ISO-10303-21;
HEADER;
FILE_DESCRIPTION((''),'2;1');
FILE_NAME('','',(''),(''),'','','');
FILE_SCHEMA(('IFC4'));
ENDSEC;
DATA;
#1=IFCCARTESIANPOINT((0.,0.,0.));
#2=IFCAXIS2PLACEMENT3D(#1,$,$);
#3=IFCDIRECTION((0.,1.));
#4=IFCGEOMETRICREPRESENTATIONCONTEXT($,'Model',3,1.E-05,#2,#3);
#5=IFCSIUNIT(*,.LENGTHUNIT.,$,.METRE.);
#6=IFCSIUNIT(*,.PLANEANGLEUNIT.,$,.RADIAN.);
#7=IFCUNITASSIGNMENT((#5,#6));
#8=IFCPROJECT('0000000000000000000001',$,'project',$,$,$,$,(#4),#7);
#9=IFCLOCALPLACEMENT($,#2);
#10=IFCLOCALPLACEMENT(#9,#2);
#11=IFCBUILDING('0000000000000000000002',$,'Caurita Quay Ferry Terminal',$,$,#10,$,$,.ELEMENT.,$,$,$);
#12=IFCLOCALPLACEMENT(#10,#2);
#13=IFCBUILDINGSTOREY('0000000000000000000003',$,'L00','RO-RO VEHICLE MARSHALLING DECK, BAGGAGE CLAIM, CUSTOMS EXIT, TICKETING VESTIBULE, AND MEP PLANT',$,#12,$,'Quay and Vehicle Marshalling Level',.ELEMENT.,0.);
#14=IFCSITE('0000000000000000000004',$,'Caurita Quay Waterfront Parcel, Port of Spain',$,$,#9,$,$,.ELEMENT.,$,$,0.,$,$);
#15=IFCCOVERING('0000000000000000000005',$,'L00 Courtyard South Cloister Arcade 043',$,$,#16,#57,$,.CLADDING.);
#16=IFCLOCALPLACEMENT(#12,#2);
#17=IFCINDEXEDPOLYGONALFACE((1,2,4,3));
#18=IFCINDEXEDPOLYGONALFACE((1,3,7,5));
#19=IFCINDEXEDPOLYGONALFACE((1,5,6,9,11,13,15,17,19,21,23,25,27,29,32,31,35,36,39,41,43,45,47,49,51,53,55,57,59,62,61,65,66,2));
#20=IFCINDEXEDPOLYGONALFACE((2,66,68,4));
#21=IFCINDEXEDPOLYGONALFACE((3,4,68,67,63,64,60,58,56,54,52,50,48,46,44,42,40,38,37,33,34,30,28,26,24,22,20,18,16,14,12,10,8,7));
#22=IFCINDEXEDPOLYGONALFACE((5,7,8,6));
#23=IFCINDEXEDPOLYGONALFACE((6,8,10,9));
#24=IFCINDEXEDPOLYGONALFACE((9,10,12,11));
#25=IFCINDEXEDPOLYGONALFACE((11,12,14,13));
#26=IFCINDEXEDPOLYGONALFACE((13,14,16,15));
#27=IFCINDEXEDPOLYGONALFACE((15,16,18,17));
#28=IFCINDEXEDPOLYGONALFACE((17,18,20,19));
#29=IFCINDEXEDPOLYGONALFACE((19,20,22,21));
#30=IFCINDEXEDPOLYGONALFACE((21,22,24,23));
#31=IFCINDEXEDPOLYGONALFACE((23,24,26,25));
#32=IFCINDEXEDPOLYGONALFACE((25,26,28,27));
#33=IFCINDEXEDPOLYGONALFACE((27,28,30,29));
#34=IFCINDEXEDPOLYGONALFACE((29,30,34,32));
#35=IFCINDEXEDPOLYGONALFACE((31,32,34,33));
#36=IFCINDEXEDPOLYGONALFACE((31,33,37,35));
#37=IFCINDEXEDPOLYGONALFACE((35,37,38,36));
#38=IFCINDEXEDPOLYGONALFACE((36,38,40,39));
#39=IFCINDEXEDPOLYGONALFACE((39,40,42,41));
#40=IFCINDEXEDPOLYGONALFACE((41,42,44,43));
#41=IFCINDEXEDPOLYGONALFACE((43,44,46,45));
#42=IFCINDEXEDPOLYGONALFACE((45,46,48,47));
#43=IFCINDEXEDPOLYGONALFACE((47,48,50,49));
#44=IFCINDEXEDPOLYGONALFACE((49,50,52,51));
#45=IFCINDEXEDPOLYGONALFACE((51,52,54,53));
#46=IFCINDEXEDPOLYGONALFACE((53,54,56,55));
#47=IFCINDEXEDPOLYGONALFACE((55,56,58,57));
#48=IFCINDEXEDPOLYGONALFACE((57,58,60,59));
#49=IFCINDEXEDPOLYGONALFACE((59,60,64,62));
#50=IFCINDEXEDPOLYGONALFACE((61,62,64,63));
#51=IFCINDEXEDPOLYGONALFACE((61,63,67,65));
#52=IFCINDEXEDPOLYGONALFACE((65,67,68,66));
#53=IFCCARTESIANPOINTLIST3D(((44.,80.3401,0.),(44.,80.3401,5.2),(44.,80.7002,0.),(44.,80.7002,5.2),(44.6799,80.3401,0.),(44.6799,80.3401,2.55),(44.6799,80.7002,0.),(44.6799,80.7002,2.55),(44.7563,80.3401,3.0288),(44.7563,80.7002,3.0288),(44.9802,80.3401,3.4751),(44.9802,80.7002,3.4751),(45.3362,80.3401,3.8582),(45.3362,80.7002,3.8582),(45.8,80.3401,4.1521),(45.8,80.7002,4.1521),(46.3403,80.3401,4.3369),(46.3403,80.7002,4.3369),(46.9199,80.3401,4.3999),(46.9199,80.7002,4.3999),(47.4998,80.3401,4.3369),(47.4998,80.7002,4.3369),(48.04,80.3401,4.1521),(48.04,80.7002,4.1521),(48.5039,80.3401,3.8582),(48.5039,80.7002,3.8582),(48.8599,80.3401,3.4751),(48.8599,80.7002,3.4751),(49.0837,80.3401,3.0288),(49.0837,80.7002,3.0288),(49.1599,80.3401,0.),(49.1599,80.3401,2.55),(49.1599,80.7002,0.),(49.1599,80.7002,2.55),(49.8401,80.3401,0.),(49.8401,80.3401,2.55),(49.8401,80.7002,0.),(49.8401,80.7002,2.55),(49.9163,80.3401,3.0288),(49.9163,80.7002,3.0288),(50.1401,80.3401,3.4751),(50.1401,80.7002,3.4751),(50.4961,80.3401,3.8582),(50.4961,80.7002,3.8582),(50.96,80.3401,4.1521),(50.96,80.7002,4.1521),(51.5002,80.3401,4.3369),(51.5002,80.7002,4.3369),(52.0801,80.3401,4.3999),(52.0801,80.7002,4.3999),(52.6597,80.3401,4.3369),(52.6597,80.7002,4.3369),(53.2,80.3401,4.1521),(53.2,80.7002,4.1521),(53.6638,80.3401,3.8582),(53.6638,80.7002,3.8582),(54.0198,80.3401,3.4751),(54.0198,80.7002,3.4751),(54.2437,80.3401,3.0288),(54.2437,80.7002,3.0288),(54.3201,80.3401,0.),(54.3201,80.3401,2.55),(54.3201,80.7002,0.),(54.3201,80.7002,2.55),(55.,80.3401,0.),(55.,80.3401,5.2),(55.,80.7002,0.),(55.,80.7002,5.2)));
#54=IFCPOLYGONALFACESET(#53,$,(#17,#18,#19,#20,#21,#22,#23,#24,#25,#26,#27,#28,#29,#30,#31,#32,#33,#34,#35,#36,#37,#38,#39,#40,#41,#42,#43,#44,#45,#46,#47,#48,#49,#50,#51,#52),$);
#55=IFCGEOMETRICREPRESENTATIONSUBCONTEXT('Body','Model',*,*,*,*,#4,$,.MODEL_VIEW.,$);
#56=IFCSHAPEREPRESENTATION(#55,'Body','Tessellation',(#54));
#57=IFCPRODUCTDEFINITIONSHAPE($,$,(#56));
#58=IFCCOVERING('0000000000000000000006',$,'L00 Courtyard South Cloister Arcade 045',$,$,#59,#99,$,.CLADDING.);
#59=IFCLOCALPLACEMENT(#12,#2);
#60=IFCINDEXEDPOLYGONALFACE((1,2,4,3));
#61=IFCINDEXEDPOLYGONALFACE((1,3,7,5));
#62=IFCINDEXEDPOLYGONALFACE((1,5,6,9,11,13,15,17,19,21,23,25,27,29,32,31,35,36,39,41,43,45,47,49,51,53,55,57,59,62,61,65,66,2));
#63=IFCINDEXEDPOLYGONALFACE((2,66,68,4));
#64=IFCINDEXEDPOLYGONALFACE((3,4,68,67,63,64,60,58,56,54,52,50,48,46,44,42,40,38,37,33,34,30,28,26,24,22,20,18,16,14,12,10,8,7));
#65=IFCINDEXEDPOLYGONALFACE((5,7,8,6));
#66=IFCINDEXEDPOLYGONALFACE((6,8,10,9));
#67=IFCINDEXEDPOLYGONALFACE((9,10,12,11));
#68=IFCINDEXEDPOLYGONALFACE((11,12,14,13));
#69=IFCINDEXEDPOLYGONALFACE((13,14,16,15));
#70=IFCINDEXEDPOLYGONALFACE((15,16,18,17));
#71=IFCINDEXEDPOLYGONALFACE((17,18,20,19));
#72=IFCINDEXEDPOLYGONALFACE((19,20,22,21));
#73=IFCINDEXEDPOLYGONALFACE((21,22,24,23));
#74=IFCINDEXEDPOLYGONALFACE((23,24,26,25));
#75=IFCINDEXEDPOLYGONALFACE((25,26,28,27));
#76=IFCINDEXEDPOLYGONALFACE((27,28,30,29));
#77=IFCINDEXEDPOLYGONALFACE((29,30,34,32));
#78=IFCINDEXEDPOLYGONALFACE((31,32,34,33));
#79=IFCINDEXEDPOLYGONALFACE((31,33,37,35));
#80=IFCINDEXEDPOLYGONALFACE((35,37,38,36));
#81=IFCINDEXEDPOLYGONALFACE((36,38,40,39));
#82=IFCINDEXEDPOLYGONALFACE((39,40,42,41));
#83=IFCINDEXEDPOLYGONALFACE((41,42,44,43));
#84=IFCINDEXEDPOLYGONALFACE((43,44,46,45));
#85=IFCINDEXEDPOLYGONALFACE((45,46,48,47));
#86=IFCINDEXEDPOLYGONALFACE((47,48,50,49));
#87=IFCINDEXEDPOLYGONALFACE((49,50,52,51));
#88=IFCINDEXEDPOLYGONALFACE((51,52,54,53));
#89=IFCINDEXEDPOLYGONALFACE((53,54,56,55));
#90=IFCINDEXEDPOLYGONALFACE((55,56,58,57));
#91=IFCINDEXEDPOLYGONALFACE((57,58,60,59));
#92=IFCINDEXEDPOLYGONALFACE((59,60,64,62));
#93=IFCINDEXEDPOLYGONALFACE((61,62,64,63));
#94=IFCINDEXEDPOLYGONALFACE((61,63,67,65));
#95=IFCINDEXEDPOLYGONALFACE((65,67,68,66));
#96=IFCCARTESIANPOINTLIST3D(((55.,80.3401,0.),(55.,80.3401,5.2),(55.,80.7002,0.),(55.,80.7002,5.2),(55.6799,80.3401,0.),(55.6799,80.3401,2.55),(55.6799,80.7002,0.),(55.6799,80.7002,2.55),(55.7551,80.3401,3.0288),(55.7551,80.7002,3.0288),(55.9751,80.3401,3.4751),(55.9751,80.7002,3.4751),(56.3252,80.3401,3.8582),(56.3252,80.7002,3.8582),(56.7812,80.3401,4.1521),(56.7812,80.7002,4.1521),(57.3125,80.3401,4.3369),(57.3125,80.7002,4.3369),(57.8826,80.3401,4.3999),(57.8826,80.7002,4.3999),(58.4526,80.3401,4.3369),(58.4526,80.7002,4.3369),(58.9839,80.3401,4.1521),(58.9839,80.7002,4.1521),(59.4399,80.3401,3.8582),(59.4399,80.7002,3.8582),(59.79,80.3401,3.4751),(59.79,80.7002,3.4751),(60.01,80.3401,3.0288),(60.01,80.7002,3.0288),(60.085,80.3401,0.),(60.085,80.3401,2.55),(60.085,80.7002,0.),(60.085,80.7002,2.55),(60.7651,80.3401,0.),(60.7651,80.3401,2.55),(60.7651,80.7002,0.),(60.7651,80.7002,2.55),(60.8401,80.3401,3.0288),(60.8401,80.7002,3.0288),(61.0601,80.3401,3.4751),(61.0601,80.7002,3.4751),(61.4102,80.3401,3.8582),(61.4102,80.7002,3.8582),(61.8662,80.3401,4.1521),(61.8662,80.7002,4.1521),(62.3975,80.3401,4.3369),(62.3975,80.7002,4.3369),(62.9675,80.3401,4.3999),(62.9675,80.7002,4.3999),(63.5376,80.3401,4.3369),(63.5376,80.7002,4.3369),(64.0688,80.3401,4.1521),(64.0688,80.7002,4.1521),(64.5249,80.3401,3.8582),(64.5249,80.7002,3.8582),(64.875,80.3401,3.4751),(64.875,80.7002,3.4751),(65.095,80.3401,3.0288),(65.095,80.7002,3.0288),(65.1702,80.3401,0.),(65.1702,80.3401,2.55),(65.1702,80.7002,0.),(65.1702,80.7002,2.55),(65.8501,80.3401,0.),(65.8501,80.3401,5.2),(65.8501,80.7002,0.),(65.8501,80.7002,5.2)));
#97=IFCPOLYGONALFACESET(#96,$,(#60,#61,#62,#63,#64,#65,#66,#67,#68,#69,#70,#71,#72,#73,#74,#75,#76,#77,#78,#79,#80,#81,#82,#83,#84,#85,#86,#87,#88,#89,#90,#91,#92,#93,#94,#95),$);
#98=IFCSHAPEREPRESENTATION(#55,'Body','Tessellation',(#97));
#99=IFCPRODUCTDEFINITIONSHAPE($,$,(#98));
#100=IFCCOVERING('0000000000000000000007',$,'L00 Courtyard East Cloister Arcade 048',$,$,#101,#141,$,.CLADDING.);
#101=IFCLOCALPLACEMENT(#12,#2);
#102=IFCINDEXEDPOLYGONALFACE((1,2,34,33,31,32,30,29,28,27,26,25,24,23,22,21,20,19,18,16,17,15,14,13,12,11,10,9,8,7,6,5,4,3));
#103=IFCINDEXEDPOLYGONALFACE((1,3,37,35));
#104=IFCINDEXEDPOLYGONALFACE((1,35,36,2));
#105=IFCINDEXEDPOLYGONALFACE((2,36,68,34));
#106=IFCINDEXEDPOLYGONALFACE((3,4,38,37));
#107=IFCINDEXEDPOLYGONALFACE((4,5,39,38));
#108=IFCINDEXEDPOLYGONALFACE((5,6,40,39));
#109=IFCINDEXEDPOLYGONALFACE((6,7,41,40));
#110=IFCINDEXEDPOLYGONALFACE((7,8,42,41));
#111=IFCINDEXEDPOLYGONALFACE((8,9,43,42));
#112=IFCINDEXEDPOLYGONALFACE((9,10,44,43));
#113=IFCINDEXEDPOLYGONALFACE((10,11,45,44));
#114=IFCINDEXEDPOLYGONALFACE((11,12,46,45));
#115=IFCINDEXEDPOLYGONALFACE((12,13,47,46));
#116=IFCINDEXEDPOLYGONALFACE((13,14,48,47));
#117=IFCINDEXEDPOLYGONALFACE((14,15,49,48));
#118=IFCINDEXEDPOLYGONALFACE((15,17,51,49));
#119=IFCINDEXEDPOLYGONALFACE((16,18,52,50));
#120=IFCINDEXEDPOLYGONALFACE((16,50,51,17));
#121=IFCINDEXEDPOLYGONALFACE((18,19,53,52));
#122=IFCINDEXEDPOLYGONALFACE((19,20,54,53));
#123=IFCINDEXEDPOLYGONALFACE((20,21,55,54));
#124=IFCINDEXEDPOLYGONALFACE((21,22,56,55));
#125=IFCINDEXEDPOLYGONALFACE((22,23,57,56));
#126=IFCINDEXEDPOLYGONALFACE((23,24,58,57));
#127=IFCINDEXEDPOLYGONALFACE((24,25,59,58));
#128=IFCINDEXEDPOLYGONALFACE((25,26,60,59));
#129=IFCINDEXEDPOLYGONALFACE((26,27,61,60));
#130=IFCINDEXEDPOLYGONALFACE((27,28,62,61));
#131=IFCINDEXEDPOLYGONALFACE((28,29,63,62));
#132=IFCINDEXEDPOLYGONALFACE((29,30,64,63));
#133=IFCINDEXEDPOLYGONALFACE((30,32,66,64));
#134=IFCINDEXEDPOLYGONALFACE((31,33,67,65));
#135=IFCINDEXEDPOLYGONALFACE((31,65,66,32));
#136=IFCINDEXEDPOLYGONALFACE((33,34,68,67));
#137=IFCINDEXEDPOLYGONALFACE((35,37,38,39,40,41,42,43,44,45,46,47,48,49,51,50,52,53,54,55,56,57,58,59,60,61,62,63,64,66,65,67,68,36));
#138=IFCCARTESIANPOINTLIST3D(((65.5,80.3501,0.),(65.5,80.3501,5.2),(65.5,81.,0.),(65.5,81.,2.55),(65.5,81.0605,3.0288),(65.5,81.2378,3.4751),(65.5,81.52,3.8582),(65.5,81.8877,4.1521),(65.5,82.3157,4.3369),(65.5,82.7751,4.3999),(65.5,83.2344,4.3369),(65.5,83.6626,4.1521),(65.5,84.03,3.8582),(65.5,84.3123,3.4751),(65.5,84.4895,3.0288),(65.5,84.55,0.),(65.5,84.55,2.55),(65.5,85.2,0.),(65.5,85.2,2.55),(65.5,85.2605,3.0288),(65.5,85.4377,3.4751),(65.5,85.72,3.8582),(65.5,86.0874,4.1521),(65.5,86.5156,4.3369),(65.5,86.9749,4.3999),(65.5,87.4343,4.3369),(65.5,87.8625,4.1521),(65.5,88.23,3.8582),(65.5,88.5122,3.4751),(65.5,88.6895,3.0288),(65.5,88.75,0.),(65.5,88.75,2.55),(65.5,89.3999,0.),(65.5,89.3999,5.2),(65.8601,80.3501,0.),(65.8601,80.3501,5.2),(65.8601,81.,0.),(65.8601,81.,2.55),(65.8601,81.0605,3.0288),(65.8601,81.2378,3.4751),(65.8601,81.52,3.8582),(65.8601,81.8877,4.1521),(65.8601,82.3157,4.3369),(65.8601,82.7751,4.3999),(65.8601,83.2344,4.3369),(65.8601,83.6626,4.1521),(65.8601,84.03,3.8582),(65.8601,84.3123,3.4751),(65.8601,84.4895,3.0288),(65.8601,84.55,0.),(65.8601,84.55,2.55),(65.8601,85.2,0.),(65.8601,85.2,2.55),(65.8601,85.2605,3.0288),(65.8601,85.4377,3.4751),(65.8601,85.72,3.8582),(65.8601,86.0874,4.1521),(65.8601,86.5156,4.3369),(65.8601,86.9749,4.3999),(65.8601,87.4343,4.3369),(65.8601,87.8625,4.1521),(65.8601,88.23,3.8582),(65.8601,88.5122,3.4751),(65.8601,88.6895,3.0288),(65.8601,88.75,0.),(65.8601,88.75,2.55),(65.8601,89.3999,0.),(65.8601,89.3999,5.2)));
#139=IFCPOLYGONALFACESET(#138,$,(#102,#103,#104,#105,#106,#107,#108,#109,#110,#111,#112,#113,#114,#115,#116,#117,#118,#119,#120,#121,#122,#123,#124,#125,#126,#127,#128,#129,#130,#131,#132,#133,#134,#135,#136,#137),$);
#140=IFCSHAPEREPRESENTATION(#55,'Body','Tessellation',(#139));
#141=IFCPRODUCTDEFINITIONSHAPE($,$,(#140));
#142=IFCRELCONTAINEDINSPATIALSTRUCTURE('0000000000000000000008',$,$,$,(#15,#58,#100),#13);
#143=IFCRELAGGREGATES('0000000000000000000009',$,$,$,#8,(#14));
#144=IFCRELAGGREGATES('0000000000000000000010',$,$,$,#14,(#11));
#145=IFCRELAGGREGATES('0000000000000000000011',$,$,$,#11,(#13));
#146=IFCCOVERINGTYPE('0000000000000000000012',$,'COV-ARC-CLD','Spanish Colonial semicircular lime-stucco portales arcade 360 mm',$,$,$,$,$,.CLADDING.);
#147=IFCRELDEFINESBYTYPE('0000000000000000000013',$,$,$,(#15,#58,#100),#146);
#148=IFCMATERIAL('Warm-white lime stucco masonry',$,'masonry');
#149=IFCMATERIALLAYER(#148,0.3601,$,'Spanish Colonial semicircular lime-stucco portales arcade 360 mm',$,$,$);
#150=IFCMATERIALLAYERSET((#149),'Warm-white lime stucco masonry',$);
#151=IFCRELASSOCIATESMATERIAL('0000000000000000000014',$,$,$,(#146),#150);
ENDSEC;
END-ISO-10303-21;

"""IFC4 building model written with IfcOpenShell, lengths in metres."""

from ifc_helpers import new_model, si_unit, direction, frame, origin, place, context, subcontext, project, spatial, polyline, outline, extrude, material, layer, layer_set, type_object, element, save


model = new_model("IFC4")

# Units and contexts
model_context = context("Model", 3, precision=1e-05, world=origin(), true_north=direction((0.0, 1.0)))
body_context = subcontext(model_context, "Body", "Model", "MODEL_VIEW")
ifc_project = project(units=[si_unit("LENGTHUNIT", "METRE"), si_unit("PLANEANGLEUNIT", "RADIAN")], contexts=[model_context])

# Site, building, storey
site_placement = place(None, origin())
site = spatial("IfcSite", under=ifc_project, at=site_placement, Name="Caurita Quay Waterfront Parcel, Port of Spain", CompositionType="ELEMENT", RefElevation=0.0)
building_placement = place(site_placement, origin())
building = spatial("IfcBuilding", under=site, at=building_placement, Name="Caurita Quay Ferry Terminal", CompositionType="ELEMENT")
storey_placement = place(building_placement, origin())
storey = spatial("IfcBuildingStorey", under=building, at=storey_placement, Name="L00", Description="RO-RO VEHICLE MARSHALLING DECK, BAGGAGE CLAIM, CUSTOMS EXIT, TICKETING VESTIBULE, AND MEP PLANT", LongName="Quay and Vehicle Marshalling Level", CompositionType="ELEMENT", Elevation=0.0)

# Shared definitions
ifc_material_1 = material(Name="Warm-white lime stucco masonry", Category="masonry")

# Coverings
ifc_layer_1 = layer(ifc_material_1, 0.3601, Name="Spanish Colonial semicircular lime-stucco portales arcade 360 mm")
ifc_layer_set_1 = layer_set([ifc_layer_1], Name="Warm-white lime stucco masonry")
covering_type = type_object("IfcCoveringType", Name="COV-ARC-CLD", Description="Spanish Colonial semicircular lime-stucco portales arcade 360 mm", PredefinedType="CLADDING", material=ifc_layer_set_1)
covering_1_placement = place(storey_placement, frame((44.0, 80.52, 0.0), z_axis=(0.0, 0.0, 1.0), x_axis=(1.0, 0.0, 0.0)))
element("IfcCovering", 1, at=covering_1_placement, inside=storey, type_object=covering_type, Name="L00 Courtyard South Cloister Arcade 043", PredefinedType="CLADDING", context=body_context, shape_type="SweptSolid", body=[
    extrude(outline(polyline([(0.0, 0.0), (0.6799, 0.0), (0.6799, 2.55), (0.7563, 3.0288), (0.9802, 3.4751), (1.3362, 3.8582), (1.8, 4.1521), (2.3403, 4.3369), (2.9199, 4.3999), (3.4998, 4.3369), (4.04, 4.1521), (4.5039, 3.8582), (4.8599, 3.4751), (5.0837, 3.0288), (5.1599, 2.55), (5.1599, 0.0), (5.8401, 0.0), (5.8401, 2.55), (5.9163, 3.0288), (6.1401, 3.4751), (6.4961, 3.8582), (6.96, 4.1521), (7.5002, 4.3369), (8.0801, 4.3999), (8.6597, 4.3369), (9.2, 4.1521), (9.6638, 3.8582), (10.0198, 3.4751), (10.2437, 3.0288), (10.3201, 2.55), (10.3201, 0.0), (11.0, 0.0), (11.0, 5.2), (0.0, 5.2), (0.0, 0.0)])), frame((0.0, 0.1802, 0.0), z_axis=(0.0, -1.0, 0.0), x_axis=(1.0, 0.0, 0.0)), (0.0, 0.0, 1.0), 0.3601),
])
covering_2_placement = place(storey_placement, frame((55.0, 80.52, 0.0), z_axis=(0.0, 0.0, 1.0), x_axis=(1.0, 0.0, 0.0)))
element("IfcCovering", 2, at=covering_2_placement, inside=storey, type_object=covering_type, Name="L00 Courtyard South Cloister Arcade 045", PredefinedType="CLADDING", context=body_context, shape_type="SweptSolid", body=[
    extrude(outline(polyline([(0.0, 0.0), (0.6799, 0.0), (0.6799, 2.55), (0.7551, 3.0288), (0.9751, 3.4751), (1.3252, 3.8582), (1.7812, 4.1521), (2.3125, 4.3369), (2.8826, 4.3999), (3.4526, 4.3369), (3.9839, 4.1521), (4.4399, 3.8582), (4.79, 3.4751), (5.01, 3.0288), (5.085, 2.55), (5.085, 0.0), (5.7651, 0.0), (5.7651, 2.55), (5.8401, 3.0288), (6.0601, 3.4751), (6.4102, 3.8582), (6.8662, 4.1521), (7.3975, 4.3369), (7.9675, 4.3999), (8.5376, 4.3369), (9.0688, 4.1521), (9.5249, 3.8582), (9.875, 3.4751), (10.095, 3.0288), (10.1702, 2.55), (10.1702, 0.0), (10.8501, 0.0), (10.8501, 5.2), (0.0, 5.2), (0.0, 0.0)])), frame((0.0, 0.1802, 0.0), z_axis=(0.0, -1.0, 0.0), x_axis=(1.0, 0.0, 0.0)), (0.0, 0.0, 1.0), 0.3601),
])
covering_3_placement = place(storey_placement, frame((65.6799, 89.3999, 0.0), z_axis=(0.0, 0.0, 1.0), x_axis=(0.0, -1.0, 0.0)))
element("IfcCovering", 3, at=covering_3_placement, inside=storey, type_object=covering_type, Name="L00 Courtyard East Cloister Arcade 048", PredefinedType="CLADDING", context=body_context, shape_type="SweptSolid", body=[
    extrude(outline(polyline([(0.0, 0.0), (0.6499, 0.0), (0.6499, 2.55), (0.7104, 3.0288), (0.8877, 3.4751), (1.1699, 3.8582), (1.5374, 4.1521), (1.9656, 4.3369), (2.425, 4.3999), (2.8843, 4.3369), (3.3125, 4.1521), (3.6799, 3.8582), (3.9622, 3.4751), (4.1394, 3.0288), (4.2, 2.55), (4.2, 0.0), (4.8499, 0.0), (4.8499, 2.55), (4.9104, 3.0288), (5.0876, 3.4751), (5.3699, 3.8582), (5.7373, 4.1521), (6.1655, 4.3369), (6.6248, 4.3999), (7.0842, 4.3369), (7.5122, 4.1521), (7.8799, 3.8582), (8.1621, 3.4751), (8.3394, 3.0288), (8.3999, 2.55), (8.3999, 0.0), (9.0498, 0.0), (9.0498, 5.2), (0.0, 5.2), (0.0, 0.0)])), frame((0.0, 0.1802, 0.0), z_axis=(0.0, -1.0, 0.0), x_axis=(1.0, 0.0, 0.0)), (0.0, 0.0, 1.0), 0.3601),
])

save(model, "model.ifc")
